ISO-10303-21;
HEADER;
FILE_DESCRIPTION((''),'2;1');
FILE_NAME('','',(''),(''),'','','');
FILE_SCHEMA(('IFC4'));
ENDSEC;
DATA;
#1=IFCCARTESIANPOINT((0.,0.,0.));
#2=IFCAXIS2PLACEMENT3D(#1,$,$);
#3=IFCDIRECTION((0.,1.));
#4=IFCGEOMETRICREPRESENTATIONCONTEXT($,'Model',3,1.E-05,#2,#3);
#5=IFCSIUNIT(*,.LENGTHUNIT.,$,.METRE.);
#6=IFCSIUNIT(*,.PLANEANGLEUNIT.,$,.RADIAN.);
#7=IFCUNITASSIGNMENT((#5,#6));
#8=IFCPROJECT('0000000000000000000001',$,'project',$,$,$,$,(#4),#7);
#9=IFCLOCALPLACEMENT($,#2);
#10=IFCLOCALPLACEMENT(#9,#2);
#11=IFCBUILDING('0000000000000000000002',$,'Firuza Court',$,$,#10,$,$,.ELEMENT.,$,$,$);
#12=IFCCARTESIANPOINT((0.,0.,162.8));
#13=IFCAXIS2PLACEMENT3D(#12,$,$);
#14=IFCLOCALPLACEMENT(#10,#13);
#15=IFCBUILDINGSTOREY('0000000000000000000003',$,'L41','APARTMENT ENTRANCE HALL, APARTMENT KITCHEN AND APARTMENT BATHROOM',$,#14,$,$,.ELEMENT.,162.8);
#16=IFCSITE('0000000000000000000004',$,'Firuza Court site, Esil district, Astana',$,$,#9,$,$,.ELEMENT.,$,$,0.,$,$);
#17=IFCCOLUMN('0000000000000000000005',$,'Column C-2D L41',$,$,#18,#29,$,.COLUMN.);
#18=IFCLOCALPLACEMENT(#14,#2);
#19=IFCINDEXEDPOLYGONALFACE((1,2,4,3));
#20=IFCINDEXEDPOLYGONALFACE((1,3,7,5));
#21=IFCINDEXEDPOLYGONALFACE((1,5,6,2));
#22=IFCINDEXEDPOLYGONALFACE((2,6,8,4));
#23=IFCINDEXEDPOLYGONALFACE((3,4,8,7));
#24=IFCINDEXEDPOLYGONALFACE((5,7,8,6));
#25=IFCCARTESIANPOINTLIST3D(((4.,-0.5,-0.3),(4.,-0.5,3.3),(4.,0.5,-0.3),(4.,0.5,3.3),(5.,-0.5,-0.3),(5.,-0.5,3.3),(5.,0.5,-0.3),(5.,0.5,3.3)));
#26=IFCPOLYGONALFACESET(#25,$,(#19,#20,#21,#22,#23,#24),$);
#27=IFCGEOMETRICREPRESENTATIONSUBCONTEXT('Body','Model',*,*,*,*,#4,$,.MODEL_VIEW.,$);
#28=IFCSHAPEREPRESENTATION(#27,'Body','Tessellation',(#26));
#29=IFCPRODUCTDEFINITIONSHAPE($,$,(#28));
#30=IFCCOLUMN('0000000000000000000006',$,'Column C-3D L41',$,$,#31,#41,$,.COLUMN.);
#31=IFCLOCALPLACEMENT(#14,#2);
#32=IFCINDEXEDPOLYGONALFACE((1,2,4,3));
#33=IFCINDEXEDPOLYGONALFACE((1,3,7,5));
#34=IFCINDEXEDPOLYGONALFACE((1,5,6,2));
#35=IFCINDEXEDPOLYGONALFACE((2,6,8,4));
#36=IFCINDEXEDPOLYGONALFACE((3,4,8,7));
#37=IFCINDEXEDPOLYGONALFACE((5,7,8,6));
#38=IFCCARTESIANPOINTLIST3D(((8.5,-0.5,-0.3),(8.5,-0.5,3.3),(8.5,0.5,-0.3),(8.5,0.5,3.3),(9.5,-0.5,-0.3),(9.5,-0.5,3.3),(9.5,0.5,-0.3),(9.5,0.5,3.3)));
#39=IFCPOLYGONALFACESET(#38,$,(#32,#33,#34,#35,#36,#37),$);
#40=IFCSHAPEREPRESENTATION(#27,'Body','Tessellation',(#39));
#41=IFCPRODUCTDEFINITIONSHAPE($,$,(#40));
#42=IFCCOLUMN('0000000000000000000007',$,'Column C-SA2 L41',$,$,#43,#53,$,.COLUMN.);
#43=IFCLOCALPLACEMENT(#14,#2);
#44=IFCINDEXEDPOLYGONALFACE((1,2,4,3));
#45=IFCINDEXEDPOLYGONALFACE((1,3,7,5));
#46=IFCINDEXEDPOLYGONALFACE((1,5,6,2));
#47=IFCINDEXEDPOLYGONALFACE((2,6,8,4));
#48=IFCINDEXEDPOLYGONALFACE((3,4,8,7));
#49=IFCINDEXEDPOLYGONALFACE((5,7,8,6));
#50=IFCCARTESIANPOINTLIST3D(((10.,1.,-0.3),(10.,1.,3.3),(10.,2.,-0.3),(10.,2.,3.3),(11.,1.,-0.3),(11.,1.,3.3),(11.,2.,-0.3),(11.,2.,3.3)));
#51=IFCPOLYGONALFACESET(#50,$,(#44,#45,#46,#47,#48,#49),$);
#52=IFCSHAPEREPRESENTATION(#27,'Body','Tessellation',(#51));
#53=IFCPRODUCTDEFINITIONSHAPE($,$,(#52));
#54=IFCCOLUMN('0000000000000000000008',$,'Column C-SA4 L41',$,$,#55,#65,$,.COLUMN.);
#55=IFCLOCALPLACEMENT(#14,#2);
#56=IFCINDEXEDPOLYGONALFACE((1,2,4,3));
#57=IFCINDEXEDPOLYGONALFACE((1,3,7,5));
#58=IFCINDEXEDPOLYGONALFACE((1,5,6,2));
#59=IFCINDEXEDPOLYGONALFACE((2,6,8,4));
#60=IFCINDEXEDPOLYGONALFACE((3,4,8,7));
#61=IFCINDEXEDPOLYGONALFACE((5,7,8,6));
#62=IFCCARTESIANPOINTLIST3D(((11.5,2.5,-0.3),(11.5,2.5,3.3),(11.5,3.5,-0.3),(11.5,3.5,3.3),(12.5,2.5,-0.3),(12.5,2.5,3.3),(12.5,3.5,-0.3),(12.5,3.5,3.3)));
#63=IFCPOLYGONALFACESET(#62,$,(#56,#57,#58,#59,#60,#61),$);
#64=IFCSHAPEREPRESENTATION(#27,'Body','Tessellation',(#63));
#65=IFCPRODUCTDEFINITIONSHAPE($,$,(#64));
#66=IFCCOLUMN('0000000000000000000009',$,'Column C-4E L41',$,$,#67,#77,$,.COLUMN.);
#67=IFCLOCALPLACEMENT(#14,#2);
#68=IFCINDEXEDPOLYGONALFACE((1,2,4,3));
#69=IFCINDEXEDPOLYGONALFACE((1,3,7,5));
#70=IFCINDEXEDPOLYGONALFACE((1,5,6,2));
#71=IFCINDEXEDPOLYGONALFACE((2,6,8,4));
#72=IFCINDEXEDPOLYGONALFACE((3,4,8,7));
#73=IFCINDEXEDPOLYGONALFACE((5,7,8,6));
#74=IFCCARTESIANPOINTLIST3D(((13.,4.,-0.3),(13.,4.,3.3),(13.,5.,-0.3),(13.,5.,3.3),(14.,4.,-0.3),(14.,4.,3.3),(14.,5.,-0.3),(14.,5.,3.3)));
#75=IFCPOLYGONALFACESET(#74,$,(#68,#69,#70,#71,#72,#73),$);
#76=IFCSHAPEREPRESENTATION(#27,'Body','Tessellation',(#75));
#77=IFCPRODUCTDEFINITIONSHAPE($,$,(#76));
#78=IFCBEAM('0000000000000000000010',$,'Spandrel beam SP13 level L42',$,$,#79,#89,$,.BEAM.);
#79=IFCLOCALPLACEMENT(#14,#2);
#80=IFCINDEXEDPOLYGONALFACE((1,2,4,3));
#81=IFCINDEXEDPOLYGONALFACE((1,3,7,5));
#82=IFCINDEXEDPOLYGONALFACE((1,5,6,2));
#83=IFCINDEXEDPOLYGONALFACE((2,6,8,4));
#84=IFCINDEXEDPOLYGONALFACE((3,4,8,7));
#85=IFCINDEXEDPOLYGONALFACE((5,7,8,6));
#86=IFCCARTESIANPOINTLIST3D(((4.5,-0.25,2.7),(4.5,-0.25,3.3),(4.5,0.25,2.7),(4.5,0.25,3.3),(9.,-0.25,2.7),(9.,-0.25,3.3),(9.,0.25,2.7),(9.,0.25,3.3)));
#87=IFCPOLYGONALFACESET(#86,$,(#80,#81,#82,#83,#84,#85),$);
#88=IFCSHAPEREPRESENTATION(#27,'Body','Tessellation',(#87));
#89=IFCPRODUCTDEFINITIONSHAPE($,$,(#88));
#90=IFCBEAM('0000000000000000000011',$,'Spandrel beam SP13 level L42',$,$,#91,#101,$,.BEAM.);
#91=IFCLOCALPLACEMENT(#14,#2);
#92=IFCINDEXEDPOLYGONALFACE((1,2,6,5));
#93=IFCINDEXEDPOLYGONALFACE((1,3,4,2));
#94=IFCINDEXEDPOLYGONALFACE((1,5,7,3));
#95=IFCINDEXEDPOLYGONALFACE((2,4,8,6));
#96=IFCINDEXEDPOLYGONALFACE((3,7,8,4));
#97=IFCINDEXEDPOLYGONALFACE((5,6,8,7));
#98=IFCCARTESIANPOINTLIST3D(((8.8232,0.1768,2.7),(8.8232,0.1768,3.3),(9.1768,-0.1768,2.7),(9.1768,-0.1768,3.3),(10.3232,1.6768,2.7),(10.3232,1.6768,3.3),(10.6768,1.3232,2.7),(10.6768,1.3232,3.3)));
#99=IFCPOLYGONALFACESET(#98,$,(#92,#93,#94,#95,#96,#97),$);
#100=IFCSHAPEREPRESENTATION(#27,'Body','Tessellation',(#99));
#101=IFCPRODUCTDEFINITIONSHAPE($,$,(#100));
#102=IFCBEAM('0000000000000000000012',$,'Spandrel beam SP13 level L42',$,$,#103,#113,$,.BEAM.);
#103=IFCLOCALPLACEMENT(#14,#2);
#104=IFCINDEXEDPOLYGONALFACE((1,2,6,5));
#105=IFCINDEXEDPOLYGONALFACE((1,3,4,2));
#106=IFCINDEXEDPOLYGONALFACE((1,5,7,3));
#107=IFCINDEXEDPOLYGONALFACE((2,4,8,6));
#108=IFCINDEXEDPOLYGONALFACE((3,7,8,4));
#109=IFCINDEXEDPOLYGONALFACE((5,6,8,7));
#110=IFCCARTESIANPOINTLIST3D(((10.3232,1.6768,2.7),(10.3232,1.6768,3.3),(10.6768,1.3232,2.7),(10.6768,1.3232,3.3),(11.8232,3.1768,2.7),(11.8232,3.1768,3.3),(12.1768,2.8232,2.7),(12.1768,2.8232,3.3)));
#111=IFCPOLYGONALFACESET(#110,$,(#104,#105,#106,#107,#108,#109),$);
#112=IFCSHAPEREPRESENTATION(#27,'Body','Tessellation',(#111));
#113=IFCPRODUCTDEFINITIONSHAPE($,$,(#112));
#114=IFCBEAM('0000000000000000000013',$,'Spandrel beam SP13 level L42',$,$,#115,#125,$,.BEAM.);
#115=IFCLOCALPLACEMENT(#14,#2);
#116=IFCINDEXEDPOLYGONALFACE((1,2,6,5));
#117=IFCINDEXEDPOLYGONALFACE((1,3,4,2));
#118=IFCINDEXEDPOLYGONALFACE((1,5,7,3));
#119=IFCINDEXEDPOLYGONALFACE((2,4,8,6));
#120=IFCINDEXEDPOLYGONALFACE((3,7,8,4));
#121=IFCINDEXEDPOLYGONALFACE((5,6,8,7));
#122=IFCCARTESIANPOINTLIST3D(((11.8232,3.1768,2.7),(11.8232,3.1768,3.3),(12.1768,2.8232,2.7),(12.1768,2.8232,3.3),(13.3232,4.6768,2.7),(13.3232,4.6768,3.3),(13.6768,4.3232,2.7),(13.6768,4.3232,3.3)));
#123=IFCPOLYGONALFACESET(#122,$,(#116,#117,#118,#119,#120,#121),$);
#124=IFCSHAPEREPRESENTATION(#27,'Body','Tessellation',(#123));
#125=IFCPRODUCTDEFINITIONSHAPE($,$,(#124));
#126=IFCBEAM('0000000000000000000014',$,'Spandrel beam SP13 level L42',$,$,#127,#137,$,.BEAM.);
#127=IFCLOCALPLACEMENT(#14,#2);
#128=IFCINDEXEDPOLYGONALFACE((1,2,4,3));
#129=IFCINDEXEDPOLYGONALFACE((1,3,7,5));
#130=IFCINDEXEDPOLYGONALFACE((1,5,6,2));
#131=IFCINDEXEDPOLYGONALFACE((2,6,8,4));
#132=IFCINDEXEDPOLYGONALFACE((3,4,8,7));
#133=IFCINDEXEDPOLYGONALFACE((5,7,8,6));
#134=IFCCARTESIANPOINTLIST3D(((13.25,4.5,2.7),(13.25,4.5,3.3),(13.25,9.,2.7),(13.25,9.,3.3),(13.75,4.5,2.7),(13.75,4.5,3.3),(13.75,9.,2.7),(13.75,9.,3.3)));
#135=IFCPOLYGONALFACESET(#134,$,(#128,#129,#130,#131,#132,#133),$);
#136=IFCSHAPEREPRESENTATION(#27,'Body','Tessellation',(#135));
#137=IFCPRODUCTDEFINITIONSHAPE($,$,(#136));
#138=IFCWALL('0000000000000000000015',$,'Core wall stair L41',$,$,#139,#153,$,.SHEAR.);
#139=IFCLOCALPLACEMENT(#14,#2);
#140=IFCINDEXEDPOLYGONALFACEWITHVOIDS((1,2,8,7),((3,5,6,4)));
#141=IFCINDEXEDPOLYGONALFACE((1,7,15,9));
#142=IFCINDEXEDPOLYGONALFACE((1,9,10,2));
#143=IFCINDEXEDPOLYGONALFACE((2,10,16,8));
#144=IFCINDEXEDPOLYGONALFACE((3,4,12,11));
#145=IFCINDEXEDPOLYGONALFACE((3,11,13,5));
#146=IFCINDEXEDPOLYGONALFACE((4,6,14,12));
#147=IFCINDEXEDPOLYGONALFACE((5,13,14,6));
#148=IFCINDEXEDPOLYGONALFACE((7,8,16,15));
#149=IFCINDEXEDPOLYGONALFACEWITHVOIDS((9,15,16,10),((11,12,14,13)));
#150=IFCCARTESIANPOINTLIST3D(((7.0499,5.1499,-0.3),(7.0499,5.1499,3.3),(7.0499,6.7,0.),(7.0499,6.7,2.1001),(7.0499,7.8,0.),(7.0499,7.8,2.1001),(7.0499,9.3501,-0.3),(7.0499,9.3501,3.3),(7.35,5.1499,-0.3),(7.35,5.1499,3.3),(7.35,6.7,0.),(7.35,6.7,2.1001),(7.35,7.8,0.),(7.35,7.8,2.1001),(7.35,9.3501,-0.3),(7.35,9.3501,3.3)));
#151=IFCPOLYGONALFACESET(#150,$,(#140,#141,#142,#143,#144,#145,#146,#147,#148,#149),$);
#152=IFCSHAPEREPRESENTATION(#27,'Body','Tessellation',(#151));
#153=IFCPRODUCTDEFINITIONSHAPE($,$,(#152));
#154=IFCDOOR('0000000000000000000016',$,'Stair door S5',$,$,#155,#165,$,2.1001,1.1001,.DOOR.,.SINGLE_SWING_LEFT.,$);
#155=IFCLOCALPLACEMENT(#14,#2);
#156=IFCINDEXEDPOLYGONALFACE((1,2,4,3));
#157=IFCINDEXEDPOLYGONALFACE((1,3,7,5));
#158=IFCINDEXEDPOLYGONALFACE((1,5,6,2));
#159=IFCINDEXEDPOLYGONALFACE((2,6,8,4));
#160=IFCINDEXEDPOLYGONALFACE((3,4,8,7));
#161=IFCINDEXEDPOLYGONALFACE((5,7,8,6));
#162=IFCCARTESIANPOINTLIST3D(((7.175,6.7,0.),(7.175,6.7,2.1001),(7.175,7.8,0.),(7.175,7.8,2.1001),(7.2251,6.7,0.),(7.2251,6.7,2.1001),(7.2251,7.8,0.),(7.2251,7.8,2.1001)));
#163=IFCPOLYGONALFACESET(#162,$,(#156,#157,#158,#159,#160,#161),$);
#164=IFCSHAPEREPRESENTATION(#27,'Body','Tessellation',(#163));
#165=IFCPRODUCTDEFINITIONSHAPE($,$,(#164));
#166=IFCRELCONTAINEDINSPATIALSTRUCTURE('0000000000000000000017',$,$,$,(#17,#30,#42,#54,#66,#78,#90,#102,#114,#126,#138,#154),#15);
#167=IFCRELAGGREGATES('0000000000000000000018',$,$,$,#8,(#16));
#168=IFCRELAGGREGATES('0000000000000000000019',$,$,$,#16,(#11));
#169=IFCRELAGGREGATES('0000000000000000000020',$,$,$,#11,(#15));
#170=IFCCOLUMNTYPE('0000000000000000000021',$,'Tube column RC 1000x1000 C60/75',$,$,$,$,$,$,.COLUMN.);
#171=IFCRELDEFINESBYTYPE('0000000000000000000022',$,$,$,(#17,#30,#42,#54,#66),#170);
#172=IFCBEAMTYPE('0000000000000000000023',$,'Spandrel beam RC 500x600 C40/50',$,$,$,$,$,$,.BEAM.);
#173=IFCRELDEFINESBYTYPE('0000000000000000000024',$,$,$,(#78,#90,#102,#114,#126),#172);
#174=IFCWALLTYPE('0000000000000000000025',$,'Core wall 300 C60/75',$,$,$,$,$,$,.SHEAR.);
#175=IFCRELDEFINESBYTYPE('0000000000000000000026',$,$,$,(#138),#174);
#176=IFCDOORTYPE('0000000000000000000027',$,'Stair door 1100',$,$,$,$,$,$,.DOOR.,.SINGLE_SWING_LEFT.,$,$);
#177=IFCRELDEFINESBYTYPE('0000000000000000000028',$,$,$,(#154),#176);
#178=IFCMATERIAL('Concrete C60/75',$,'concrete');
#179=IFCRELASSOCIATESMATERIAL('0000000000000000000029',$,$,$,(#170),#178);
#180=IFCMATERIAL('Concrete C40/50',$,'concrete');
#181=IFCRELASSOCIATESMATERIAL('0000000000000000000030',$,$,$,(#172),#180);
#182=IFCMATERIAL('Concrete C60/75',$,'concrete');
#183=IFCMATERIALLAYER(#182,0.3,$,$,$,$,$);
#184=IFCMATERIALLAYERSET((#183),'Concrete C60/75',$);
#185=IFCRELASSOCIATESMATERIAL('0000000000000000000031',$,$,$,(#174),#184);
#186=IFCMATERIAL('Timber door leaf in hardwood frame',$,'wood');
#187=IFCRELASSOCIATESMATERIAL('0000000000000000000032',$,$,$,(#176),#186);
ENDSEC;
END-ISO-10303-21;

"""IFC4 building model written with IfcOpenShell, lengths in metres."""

from ifc_helpers import new_model, si_unit, direction, frame, frame_2d, origin, origin_2d, place, context, subcontext, project, spatial, rectangle, extrude, material, layer, layer_set, material_profile, profile_set, type_object, element, fill, save


model = new_model("IFC4")

# Units and contexts
model_context = context("Model", 3, precision=1e-05, world=origin(), true_north=direction((0.0, 1.0)))
body_context = subcontext(model_context, "Body", "Model", "MODEL_VIEW")
ifc_project = project(units=[si_unit("LENGTHUNIT", "METRE"), si_unit("PLANEANGLEUNIT", "RADIAN")], contexts=[model_context])

# Site, building, storey
site_placement = place(None, origin())
site = spatial("IfcSite", under=ifc_project, at=site_placement, Name="Firuza Court site, Esil district, Astana", CompositionType="ELEMENT", RefElevation=0.0)
building_placement = place(site_placement, origin())
building = spatial("IfcBuilding", under=site, at=building_placement, Name="Firuza Court", CompositionType="ELEMENT")
storey_placement = place(building_placement, frame((0.0, 0.0, 162.8)))
storey = spatial("IfcBuildingStorey", under=building, at=storey_placement, Name="L41", Description="APARTMENT ENTRANCE HALL, APARTMENT KITCHEN AND APARTMENT BATHROOM", CompositionType="ELEMENT", Elevation=162.8)

# Columns
ifc_material_1 = material(Name="Concrete C60/75", Category="concrete")
ifc_material_profile_1 = material_profile(ifc_material_1, rectangle(XDim=1.0, YDim=1.0, at=origin_2d()), Name="RC 1000x1000")
ifc_profile_set_1 = profile_set([ifc_material_profile_1], Name="Concrete C60/75")
column_type = type_object("IfcColumnType", Name="Tube column RC 1000x1000 C60/75", PredefinedType="COLUMN", material=ifc_profile_set_1)
for number, where, z_axis, x_axis, name in (
    (1, (4.5, 0.0, -0.3), (0.0, 0.0, 1.0), (1.0, 0.0, 0.0), "Column C-2D L41"),
    (2, (9.0, 0.0, -0.3), (0.0, 0.0, 1.0), (1.0, 0.0, 0.0), "Column C-3D L41"),
    (3, (10.5, 1.5, -0.3), (0.0, 0.0, 1.0), (1.0, 0.0, 0.0), "Column C-SA2 L41"),
    (4, (12.0, 3.0, -0.3), (0.0, 0.0, 1.0), (1.0, 0.0, 0.0), "Column C-SA4 L41"),
    (5, (13.5, 4.5, -0.3), (0.0, 0.0, 1.0), (1.0, 0.0, 0.0), "Column C-4E L41"),
):
    element("IfcColumn", number, at=place(storey_placement, frame(where, z_axis=z_axis, x_axis=x_axis)), inside=storey, type_object=column_type, Name=name, PredefinedType="COLUMN", context=body_context, shape_type="SweptSolid", body=[
        extrude(rectangle(XDim=1.0, YDim=1.0, at=origin_2d()), origin(), (0.0, 0.0, 1.0), 3.6001),
    ])

# Beams
ifc_material_2 = material(Name="Concrete C40/50", Category="concrete")
ifc_material_profile_2 = material_profile(ifc_material_2, rectangle(XDim=0.5, YDim=0.6001, at=origin_2d()), Name="RC 500x600")
ifc_profile_set_2 = profile_set([ifc_material_profile_2], Name="Concrete C40/50")
beam_type = type_object("IfcBeamType", Name="Spandrel beam RC 500x600 C40/50", PredefinedType="BEAM", material=ifc_profile_set_2)
beam_1_placement = place(storey_placement, frame((4.5, 0.0, 3.0), z_axis=(1.0, 0.0, 0.0), x_axis=(0.0, 1.0, 0.0)))
element("IfcBeam", 6, at=beam_1_placement, inside=storey, type_object=beam_type, Name="Spandrel beam SP13 level L42", PredefinedType="BEAM", context=body_context, shape_type="SweptSolid", body=[
    extrude(rectangle(XDim=0.5, YDim=0.6001, at=origin_2d()), origin(), (0.0, 0.0, 1.0), 4.5),
])
for number, where, z_axis, x_axis, name in (
    (7, (9.0, 0.0, 3.0), (0.707107, 0.707107, 0.0), (-0.707107, 0.707107, 0.0), "Spandrel beam SP13 level L42"),
    (8, (10.5, 1.5, 3.0), (0.707107, 0.707107, 0.0), (-0.707107, 0.707107, 0.0), "Spandrel beam SP13 level L42"),
    (9, (12.0, 3.0, 3.0), (0.707107, 0.707107, 0.0), (-0.707107, 0.707107, 0.0), "Spandrel beam SP13 level L42"),
):
    element("IfcBeam", number, at=place(storey_placement, frame(where, z_axis=z_axis, x_axis=x_axis)), inside=storey, type_object=beam_type, Name=name, PredefinedType="BEAM", context=body_context, shape_type="SweptSolid", body=[
        extrude(rectangle(XDim=0.5, YDim=0.6001, at=origin_2d()), origin(), (0.0, 0.0, 1.0), 2.1213),
    ])
beam_2_placement = place(storey_placement, frame((13.5, 4.5, 3.0), z_axis=(0.0, 1.0, 0.0), x_axis=(-1.0, 0.0, 0.0)))
element("IfcBeam", 10, at=beam_2_placement, inside=storey, type_object=beam_type, Name="Spandrel beam SP13 level L42", PredefinedType="BEAM", context=body_context, shape_type="SweptSolid", body=[
    extrude(rectangle(XDim=0.5, YDim=0.6001, at=origin_2d()), origin(), (0.0, 0.0, 1.0), 4.5),
])

# Wall, opening, door
ifc_material_3 = material(Name="Concrete C60/75", Category="concrete")
ifc_layer_1 = layer(ifc_material_3, 0.3)
ifc_layer_set_1 = layer_set([ifc_layer_1], Name="Concrete C60/75")
wall_type_1 = type_object("IfcWallType", Name="Core wall 300 C60/75", PredefinedType="SHEAR", material=ifc_layer_set_1)
wall_1_placement = place(storey_placement, frame((7.2, 5.1499, -0.3), z_axis=(0.0, 0.0, 1.0), x_axis=(0.0, 1.0, 0.0)))
wall_1 = element("IfcWall", 11, at=wall_1_placement, inside=storey, type_object=wall_type_1, Name="Core wall stair L41", PredefinedType="SHEAR", context=body_context, shape_type="SweptSolid", body=[
    extrude(rectangle(XDim=4.2002, YDim=0.3, at=frame_2d((2.1001, 0.0))), origin(), (0.0, 0.0, 1.0), 3.6001),
])
opening_1_placement = place(wall_1_placement, frame((1.55, 0.0, 0.3)))
opening_1 = element("IfcOpeningElement", 12, at=opening_1_placement, cuts=wall_1, PredefinedType="OPENING", context=body_context, shape_type="SweptSolid", body=[
    extrude(rectangle(XDim=1.1001, YDim=2.1001, at=frame_2d((0.55, 1.05))), frame((0.0, 0.1621, 0.0), z_axis=(0.0, -1.0, 0.0), x_axis=(1.0, 0.0, 0.0)), (0.0, 0.0, 1.0), 0.324),
])
ifc_material_4 = material(Name="Timber door leaf in hardwood frame", Category="wood")
door_type_1 = type_object("IfcDoorType", Name="Stair door 1100", OperationType="SINGLE_SWING_LEFT", PredefinedType="DOOR", material=ifc_material_4)
door_1_placement = place(opening_1_placement, origin())
door_1 = element("IfcDoor", 13, at=door_1_placement, inside=storey, type_object=door_type_1, Name="Stair door S5", OperationType="SINGLE_SWING_LEFT", OverallHeight=2.1001, OverallWidth=1.1001, PredefinedType="DOOR", context=body_context, shape_type="SweptSolid", body=[
    extrude(rectangle(XDim=1.1001, YDim=2.1001, at=frame_2d((0.55, 1.05))), frame((0.0, 0.0249, 0.0), z_axis=(0.0, -1.0, 0.0), x_axis=(1.0, 0.0, 0.0)), (0.0, 0.0, 1.0), 0.05),
])
fill(opening_1, door_1)

save(model, "model.ifc")
